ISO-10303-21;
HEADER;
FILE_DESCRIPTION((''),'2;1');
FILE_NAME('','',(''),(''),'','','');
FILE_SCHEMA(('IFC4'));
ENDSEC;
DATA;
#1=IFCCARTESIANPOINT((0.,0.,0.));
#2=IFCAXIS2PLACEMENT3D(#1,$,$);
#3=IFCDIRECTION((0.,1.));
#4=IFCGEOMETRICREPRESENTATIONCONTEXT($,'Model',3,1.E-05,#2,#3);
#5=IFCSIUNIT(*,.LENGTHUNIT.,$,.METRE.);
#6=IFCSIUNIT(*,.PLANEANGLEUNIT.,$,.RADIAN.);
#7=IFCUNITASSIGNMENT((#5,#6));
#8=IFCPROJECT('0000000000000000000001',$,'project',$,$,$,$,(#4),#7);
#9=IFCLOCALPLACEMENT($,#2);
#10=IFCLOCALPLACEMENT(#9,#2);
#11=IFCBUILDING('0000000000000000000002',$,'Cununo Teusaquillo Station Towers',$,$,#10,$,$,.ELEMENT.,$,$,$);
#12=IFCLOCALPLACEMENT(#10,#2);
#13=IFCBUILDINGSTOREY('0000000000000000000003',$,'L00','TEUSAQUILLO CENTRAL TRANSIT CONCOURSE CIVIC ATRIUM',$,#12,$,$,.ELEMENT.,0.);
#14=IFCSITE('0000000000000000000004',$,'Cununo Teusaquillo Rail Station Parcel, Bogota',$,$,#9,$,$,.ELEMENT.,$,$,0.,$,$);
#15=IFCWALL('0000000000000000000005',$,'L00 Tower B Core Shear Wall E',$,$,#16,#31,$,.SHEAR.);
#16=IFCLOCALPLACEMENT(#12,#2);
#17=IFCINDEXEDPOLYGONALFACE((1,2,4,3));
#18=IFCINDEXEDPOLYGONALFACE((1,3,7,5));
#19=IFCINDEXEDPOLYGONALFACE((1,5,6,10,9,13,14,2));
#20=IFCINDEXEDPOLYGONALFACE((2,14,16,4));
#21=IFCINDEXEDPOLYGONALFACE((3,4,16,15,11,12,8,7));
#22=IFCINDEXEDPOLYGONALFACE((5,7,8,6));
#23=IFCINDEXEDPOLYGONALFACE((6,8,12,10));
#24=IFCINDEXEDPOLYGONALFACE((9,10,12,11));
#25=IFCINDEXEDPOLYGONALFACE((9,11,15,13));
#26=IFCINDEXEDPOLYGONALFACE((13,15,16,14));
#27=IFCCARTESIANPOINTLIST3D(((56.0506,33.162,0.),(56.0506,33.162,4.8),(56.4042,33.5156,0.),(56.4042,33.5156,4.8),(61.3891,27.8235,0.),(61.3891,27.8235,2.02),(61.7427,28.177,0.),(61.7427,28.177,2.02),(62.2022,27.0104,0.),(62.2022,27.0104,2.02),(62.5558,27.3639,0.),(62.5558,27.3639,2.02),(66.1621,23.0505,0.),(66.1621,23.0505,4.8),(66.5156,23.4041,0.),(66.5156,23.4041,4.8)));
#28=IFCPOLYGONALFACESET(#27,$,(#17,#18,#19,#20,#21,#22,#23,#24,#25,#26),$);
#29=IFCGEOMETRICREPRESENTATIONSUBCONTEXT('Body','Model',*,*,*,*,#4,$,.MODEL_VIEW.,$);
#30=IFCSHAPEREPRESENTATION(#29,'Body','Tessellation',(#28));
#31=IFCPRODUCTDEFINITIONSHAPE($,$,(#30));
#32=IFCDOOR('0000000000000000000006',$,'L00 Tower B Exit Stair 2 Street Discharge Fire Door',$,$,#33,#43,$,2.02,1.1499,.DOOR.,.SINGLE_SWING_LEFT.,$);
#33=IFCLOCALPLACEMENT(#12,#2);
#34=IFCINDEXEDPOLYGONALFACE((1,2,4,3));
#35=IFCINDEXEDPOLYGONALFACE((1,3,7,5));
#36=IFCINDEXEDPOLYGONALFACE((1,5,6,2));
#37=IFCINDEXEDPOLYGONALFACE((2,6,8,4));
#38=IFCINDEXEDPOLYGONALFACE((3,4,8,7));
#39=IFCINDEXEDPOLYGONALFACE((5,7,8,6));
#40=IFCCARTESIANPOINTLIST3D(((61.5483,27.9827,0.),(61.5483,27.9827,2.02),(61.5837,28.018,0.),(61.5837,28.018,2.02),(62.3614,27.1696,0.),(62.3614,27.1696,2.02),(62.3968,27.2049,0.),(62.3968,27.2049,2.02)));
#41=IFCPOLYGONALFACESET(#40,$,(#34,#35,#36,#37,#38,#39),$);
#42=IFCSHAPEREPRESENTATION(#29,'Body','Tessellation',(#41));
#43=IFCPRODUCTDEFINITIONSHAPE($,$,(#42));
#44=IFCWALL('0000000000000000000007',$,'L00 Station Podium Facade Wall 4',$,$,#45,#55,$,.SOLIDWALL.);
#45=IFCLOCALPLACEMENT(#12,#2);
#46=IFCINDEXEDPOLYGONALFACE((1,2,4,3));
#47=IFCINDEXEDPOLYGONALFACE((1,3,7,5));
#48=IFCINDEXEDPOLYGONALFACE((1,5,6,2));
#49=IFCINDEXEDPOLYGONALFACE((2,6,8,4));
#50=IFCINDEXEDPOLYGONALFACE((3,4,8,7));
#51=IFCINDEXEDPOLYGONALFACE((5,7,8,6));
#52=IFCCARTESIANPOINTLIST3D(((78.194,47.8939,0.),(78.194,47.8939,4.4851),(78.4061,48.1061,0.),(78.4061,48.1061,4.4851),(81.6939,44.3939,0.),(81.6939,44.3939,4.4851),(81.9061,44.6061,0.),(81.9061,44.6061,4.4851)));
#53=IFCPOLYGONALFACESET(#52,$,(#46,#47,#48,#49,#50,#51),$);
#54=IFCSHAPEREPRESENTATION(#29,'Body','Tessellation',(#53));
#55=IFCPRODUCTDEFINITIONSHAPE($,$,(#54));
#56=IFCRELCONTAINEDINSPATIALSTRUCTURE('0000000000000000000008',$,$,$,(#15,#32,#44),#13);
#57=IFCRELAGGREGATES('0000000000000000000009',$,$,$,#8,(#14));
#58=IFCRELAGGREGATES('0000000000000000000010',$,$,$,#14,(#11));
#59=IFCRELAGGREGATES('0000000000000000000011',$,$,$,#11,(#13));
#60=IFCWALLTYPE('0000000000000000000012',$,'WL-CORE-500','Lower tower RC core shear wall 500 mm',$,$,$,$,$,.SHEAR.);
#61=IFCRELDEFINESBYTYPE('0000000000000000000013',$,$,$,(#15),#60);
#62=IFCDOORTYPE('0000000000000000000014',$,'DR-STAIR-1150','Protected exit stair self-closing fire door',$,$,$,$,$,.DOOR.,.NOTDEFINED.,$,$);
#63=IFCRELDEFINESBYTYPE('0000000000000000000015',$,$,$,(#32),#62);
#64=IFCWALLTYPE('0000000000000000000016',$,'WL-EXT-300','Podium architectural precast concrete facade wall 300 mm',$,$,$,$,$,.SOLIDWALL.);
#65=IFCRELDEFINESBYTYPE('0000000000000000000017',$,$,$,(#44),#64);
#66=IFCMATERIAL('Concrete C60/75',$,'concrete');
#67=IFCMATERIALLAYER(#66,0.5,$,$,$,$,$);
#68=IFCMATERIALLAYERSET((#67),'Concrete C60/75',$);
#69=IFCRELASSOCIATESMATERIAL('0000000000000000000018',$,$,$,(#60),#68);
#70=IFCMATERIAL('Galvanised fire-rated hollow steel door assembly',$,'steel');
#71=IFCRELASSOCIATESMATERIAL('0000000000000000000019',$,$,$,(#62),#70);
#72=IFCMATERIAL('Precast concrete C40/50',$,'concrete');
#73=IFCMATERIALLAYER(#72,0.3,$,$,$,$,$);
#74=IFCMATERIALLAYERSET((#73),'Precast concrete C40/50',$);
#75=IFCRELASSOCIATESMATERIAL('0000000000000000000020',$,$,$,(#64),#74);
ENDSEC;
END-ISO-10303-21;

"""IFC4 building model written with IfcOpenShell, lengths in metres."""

from ifc_helpers import new_model, si_unit, direction, frame, frame_2d, origin, place, context, subcontext, project, spatial, rectangle, extrude, source, transform, mapped, material, layer, layer_set, type_object, element, fill, save


model = new_model("IFC4")

# Units and contexts
model_context = context("Model", 3, precision=1e-05, world=origin(), true_north=direction((0.0, 1.0)))
body_context = subcontext(model_context, "Body", "Model", "MODEL_VIEW")
ifc_project = project(units=[si_unit("LENGTHUNIT", "METRE"), si_unit("PLANEANGLEUNIT", "RADIAN")], contexts=[model_context])

# Site, building, storey
site_placement = place(None, origin())
site = spatial("IfcSite", under=ifc_project, at=site_placement, Name="Cununo Teusaquillo Rail Station Parcel, Bogota", CompositionType="ELEMENT", RefElevation=0.0)
building_placement = place(site_placement, origin())
building = spatial("IfcBuilding", under=site, at=building_placement, Name="Cununo Teusaquillo Station Towers", CompositionType="ELEMENT")
storey_placement = place(building_placement, origin())
storey = spatial("IfcBuildingStorey", under=building, at=storey_placement, Name="L00", Description="TEUSAQUILLO CENTRAL TRANSIT CONCOURSE CIVIC ATRIUM", CompositionType="ELEMENT", Elevation=0.0)

# Wall, opening, door
ifc_material_1 = material(Name="Concrete C60/75", Category="concrete")
ifc_layer_1 = layer(ifc_material_1, 0.5)
ifc_layer_set_1 = layer_set([ifc_layer_1], Name="Concrete C60/75")
wall_type_1 = type_object("IfcWallType", Name="WL-CORE-500", Description="Lower tower RC core shear wall 500 mm", PredefinedType="SHEAR", material=ifc_layer_set_1)
wall_1_placement = place(storey_placement, frame((66.3389, 23.2273, 0.0), z_axis=(0.0, 0.0, 1.0), x_axis=(-0.707107, 0.707107, 0.0)))
wall_1 = element("IfcWall", 1, at=wall_1_placement, inside=storey, type_object=wall_type_1, Name="L00 Tower B Core Shear Wall E", PredefinedType="SHEAR", context=body_context, shape_type="SweptSolid", body=[
    extrude(rectangle(XDim=14.2998, YDim=0.5, at=frame_2d((7.1499, 0.0))), origin(), (0.0, 0.0, 1.0), 4.8),
])
shared_shape_1 = source(origin(), body_context, "Body", "SweptSolid", [
    extrude(rectangle(XDim=1.1499, YDim=2.02, at=frame_2d((0.575, 1.01))), frame((0.0, 0.26, 0.0), z_axis=(0.0, -1.0, 0.0), x_axis=(1.0, 0.0, 0.0)), (0.0, 0.0, 1.0), 0.52),
])
opening_1_placement = place(wall_1_placement, frame((5.6001, 0.0, 0.0)))
opening_1 = element("IfcOpeningElement", 2, at=opening_1_placement, cuts=wall_1, PredefinedType="OPENING", context=body_context, shape_type="MappedRepresentation", body=[
    mapped(shared_shape_1, transform((0.0, 0.0, 0.0), x_axis=(1.0, 0.0, 0.0), y_axis=(0.0, 1.0, 0.0), z_axis=(0.0, 0.0, 1.0), scale=1.0)),
])
ifc_material_2 = material(Name="Galvanised fire-rated hollow steel door assembly", Category="steel")
door_type_1 = type_object("IfcDoorType", Name="DR-STAIR-1150", Description="Protected exit stair self-closing fire door", OperationType="NOTDEFINED", PredefinedType="DOOR", material=ifc_material_2)
shared_shape_2 = source(origin(), body_context, "Body", "SweptSolid", [
    extrude(rectangle(XDim=1.1499, YDim=2.02, at=frame_2d((0.575, 1.01))), frame((0.0, 0.0249, 0.0), z_axis=(0.0, -1.0, 0.0), x_axis=(1.0, 0.0, 0.0)), (0.0, 0.0, 1.0), 0.05),
])
door_1_placement = place(opening_1_placement, origin())
door_1 = element("IfcDoor", 3, at=door_1_placement, inside=storey, type_object=door_type_1, Name="L00 Tower B Exit Stair 2 Street Discharge Fire Door", OperationType="SINGLE_SWING_LEFT", OverallHeight=2.02, OverallWidth=1.1499, PredefinedType="DOOR", context=body_context, shape_type="MappedRepresentation", body=[
    mapped(shared_shape_2, transform((0.0, 0.0, 0.0), x_axis=(1.0, 0.0, 0.0), y_axis=(0.0, 1.0, 0.0), z_axis=(0.0, 0.0, 1.0), scale=1.0)),
])
fill(opening_1, door_1)

# Wall
ifc_material_3 = material(Name="Precast concrete C40/50", Category="concrete")
ifc_layer_2 = layer(ifc_material_3, 0.3)
ifc_layer_set_2 = layer_set([ifc_layer_2], Name="Precast concrete C40/50")
wall_type_2 = type_object("IfcWallType", Name="WL-EXT-300", Description="Podium architectural precast concrete facade wall 300 mm", PredefinedType="SOLIDWALL", material=ifc_layer_set_2)
wall_2_placement = place(storey_placement, frame((78.3, 48.0, 0.0), z_axis=(0.0, 0.0, 1.0), x_axis=(0.707107, -0.707107, 0.0)))
element("IfcWall", 4, at=wall_2_placement, inside=storey, type_object=wall_type_2, Name="L00 Station Podium Facade Wall 4", PredefinedType="SOLIDWALL", context=body_context, shape_type="SweptSolid", body=[
    extrude(rectangle(XDim=4.9497, YDim=0.3, at=frame_2d((2.4749, 0.0))), origin(), (0.0, 0.0, 1.0), 4.4851),
])

save(model, "model.ifc")
